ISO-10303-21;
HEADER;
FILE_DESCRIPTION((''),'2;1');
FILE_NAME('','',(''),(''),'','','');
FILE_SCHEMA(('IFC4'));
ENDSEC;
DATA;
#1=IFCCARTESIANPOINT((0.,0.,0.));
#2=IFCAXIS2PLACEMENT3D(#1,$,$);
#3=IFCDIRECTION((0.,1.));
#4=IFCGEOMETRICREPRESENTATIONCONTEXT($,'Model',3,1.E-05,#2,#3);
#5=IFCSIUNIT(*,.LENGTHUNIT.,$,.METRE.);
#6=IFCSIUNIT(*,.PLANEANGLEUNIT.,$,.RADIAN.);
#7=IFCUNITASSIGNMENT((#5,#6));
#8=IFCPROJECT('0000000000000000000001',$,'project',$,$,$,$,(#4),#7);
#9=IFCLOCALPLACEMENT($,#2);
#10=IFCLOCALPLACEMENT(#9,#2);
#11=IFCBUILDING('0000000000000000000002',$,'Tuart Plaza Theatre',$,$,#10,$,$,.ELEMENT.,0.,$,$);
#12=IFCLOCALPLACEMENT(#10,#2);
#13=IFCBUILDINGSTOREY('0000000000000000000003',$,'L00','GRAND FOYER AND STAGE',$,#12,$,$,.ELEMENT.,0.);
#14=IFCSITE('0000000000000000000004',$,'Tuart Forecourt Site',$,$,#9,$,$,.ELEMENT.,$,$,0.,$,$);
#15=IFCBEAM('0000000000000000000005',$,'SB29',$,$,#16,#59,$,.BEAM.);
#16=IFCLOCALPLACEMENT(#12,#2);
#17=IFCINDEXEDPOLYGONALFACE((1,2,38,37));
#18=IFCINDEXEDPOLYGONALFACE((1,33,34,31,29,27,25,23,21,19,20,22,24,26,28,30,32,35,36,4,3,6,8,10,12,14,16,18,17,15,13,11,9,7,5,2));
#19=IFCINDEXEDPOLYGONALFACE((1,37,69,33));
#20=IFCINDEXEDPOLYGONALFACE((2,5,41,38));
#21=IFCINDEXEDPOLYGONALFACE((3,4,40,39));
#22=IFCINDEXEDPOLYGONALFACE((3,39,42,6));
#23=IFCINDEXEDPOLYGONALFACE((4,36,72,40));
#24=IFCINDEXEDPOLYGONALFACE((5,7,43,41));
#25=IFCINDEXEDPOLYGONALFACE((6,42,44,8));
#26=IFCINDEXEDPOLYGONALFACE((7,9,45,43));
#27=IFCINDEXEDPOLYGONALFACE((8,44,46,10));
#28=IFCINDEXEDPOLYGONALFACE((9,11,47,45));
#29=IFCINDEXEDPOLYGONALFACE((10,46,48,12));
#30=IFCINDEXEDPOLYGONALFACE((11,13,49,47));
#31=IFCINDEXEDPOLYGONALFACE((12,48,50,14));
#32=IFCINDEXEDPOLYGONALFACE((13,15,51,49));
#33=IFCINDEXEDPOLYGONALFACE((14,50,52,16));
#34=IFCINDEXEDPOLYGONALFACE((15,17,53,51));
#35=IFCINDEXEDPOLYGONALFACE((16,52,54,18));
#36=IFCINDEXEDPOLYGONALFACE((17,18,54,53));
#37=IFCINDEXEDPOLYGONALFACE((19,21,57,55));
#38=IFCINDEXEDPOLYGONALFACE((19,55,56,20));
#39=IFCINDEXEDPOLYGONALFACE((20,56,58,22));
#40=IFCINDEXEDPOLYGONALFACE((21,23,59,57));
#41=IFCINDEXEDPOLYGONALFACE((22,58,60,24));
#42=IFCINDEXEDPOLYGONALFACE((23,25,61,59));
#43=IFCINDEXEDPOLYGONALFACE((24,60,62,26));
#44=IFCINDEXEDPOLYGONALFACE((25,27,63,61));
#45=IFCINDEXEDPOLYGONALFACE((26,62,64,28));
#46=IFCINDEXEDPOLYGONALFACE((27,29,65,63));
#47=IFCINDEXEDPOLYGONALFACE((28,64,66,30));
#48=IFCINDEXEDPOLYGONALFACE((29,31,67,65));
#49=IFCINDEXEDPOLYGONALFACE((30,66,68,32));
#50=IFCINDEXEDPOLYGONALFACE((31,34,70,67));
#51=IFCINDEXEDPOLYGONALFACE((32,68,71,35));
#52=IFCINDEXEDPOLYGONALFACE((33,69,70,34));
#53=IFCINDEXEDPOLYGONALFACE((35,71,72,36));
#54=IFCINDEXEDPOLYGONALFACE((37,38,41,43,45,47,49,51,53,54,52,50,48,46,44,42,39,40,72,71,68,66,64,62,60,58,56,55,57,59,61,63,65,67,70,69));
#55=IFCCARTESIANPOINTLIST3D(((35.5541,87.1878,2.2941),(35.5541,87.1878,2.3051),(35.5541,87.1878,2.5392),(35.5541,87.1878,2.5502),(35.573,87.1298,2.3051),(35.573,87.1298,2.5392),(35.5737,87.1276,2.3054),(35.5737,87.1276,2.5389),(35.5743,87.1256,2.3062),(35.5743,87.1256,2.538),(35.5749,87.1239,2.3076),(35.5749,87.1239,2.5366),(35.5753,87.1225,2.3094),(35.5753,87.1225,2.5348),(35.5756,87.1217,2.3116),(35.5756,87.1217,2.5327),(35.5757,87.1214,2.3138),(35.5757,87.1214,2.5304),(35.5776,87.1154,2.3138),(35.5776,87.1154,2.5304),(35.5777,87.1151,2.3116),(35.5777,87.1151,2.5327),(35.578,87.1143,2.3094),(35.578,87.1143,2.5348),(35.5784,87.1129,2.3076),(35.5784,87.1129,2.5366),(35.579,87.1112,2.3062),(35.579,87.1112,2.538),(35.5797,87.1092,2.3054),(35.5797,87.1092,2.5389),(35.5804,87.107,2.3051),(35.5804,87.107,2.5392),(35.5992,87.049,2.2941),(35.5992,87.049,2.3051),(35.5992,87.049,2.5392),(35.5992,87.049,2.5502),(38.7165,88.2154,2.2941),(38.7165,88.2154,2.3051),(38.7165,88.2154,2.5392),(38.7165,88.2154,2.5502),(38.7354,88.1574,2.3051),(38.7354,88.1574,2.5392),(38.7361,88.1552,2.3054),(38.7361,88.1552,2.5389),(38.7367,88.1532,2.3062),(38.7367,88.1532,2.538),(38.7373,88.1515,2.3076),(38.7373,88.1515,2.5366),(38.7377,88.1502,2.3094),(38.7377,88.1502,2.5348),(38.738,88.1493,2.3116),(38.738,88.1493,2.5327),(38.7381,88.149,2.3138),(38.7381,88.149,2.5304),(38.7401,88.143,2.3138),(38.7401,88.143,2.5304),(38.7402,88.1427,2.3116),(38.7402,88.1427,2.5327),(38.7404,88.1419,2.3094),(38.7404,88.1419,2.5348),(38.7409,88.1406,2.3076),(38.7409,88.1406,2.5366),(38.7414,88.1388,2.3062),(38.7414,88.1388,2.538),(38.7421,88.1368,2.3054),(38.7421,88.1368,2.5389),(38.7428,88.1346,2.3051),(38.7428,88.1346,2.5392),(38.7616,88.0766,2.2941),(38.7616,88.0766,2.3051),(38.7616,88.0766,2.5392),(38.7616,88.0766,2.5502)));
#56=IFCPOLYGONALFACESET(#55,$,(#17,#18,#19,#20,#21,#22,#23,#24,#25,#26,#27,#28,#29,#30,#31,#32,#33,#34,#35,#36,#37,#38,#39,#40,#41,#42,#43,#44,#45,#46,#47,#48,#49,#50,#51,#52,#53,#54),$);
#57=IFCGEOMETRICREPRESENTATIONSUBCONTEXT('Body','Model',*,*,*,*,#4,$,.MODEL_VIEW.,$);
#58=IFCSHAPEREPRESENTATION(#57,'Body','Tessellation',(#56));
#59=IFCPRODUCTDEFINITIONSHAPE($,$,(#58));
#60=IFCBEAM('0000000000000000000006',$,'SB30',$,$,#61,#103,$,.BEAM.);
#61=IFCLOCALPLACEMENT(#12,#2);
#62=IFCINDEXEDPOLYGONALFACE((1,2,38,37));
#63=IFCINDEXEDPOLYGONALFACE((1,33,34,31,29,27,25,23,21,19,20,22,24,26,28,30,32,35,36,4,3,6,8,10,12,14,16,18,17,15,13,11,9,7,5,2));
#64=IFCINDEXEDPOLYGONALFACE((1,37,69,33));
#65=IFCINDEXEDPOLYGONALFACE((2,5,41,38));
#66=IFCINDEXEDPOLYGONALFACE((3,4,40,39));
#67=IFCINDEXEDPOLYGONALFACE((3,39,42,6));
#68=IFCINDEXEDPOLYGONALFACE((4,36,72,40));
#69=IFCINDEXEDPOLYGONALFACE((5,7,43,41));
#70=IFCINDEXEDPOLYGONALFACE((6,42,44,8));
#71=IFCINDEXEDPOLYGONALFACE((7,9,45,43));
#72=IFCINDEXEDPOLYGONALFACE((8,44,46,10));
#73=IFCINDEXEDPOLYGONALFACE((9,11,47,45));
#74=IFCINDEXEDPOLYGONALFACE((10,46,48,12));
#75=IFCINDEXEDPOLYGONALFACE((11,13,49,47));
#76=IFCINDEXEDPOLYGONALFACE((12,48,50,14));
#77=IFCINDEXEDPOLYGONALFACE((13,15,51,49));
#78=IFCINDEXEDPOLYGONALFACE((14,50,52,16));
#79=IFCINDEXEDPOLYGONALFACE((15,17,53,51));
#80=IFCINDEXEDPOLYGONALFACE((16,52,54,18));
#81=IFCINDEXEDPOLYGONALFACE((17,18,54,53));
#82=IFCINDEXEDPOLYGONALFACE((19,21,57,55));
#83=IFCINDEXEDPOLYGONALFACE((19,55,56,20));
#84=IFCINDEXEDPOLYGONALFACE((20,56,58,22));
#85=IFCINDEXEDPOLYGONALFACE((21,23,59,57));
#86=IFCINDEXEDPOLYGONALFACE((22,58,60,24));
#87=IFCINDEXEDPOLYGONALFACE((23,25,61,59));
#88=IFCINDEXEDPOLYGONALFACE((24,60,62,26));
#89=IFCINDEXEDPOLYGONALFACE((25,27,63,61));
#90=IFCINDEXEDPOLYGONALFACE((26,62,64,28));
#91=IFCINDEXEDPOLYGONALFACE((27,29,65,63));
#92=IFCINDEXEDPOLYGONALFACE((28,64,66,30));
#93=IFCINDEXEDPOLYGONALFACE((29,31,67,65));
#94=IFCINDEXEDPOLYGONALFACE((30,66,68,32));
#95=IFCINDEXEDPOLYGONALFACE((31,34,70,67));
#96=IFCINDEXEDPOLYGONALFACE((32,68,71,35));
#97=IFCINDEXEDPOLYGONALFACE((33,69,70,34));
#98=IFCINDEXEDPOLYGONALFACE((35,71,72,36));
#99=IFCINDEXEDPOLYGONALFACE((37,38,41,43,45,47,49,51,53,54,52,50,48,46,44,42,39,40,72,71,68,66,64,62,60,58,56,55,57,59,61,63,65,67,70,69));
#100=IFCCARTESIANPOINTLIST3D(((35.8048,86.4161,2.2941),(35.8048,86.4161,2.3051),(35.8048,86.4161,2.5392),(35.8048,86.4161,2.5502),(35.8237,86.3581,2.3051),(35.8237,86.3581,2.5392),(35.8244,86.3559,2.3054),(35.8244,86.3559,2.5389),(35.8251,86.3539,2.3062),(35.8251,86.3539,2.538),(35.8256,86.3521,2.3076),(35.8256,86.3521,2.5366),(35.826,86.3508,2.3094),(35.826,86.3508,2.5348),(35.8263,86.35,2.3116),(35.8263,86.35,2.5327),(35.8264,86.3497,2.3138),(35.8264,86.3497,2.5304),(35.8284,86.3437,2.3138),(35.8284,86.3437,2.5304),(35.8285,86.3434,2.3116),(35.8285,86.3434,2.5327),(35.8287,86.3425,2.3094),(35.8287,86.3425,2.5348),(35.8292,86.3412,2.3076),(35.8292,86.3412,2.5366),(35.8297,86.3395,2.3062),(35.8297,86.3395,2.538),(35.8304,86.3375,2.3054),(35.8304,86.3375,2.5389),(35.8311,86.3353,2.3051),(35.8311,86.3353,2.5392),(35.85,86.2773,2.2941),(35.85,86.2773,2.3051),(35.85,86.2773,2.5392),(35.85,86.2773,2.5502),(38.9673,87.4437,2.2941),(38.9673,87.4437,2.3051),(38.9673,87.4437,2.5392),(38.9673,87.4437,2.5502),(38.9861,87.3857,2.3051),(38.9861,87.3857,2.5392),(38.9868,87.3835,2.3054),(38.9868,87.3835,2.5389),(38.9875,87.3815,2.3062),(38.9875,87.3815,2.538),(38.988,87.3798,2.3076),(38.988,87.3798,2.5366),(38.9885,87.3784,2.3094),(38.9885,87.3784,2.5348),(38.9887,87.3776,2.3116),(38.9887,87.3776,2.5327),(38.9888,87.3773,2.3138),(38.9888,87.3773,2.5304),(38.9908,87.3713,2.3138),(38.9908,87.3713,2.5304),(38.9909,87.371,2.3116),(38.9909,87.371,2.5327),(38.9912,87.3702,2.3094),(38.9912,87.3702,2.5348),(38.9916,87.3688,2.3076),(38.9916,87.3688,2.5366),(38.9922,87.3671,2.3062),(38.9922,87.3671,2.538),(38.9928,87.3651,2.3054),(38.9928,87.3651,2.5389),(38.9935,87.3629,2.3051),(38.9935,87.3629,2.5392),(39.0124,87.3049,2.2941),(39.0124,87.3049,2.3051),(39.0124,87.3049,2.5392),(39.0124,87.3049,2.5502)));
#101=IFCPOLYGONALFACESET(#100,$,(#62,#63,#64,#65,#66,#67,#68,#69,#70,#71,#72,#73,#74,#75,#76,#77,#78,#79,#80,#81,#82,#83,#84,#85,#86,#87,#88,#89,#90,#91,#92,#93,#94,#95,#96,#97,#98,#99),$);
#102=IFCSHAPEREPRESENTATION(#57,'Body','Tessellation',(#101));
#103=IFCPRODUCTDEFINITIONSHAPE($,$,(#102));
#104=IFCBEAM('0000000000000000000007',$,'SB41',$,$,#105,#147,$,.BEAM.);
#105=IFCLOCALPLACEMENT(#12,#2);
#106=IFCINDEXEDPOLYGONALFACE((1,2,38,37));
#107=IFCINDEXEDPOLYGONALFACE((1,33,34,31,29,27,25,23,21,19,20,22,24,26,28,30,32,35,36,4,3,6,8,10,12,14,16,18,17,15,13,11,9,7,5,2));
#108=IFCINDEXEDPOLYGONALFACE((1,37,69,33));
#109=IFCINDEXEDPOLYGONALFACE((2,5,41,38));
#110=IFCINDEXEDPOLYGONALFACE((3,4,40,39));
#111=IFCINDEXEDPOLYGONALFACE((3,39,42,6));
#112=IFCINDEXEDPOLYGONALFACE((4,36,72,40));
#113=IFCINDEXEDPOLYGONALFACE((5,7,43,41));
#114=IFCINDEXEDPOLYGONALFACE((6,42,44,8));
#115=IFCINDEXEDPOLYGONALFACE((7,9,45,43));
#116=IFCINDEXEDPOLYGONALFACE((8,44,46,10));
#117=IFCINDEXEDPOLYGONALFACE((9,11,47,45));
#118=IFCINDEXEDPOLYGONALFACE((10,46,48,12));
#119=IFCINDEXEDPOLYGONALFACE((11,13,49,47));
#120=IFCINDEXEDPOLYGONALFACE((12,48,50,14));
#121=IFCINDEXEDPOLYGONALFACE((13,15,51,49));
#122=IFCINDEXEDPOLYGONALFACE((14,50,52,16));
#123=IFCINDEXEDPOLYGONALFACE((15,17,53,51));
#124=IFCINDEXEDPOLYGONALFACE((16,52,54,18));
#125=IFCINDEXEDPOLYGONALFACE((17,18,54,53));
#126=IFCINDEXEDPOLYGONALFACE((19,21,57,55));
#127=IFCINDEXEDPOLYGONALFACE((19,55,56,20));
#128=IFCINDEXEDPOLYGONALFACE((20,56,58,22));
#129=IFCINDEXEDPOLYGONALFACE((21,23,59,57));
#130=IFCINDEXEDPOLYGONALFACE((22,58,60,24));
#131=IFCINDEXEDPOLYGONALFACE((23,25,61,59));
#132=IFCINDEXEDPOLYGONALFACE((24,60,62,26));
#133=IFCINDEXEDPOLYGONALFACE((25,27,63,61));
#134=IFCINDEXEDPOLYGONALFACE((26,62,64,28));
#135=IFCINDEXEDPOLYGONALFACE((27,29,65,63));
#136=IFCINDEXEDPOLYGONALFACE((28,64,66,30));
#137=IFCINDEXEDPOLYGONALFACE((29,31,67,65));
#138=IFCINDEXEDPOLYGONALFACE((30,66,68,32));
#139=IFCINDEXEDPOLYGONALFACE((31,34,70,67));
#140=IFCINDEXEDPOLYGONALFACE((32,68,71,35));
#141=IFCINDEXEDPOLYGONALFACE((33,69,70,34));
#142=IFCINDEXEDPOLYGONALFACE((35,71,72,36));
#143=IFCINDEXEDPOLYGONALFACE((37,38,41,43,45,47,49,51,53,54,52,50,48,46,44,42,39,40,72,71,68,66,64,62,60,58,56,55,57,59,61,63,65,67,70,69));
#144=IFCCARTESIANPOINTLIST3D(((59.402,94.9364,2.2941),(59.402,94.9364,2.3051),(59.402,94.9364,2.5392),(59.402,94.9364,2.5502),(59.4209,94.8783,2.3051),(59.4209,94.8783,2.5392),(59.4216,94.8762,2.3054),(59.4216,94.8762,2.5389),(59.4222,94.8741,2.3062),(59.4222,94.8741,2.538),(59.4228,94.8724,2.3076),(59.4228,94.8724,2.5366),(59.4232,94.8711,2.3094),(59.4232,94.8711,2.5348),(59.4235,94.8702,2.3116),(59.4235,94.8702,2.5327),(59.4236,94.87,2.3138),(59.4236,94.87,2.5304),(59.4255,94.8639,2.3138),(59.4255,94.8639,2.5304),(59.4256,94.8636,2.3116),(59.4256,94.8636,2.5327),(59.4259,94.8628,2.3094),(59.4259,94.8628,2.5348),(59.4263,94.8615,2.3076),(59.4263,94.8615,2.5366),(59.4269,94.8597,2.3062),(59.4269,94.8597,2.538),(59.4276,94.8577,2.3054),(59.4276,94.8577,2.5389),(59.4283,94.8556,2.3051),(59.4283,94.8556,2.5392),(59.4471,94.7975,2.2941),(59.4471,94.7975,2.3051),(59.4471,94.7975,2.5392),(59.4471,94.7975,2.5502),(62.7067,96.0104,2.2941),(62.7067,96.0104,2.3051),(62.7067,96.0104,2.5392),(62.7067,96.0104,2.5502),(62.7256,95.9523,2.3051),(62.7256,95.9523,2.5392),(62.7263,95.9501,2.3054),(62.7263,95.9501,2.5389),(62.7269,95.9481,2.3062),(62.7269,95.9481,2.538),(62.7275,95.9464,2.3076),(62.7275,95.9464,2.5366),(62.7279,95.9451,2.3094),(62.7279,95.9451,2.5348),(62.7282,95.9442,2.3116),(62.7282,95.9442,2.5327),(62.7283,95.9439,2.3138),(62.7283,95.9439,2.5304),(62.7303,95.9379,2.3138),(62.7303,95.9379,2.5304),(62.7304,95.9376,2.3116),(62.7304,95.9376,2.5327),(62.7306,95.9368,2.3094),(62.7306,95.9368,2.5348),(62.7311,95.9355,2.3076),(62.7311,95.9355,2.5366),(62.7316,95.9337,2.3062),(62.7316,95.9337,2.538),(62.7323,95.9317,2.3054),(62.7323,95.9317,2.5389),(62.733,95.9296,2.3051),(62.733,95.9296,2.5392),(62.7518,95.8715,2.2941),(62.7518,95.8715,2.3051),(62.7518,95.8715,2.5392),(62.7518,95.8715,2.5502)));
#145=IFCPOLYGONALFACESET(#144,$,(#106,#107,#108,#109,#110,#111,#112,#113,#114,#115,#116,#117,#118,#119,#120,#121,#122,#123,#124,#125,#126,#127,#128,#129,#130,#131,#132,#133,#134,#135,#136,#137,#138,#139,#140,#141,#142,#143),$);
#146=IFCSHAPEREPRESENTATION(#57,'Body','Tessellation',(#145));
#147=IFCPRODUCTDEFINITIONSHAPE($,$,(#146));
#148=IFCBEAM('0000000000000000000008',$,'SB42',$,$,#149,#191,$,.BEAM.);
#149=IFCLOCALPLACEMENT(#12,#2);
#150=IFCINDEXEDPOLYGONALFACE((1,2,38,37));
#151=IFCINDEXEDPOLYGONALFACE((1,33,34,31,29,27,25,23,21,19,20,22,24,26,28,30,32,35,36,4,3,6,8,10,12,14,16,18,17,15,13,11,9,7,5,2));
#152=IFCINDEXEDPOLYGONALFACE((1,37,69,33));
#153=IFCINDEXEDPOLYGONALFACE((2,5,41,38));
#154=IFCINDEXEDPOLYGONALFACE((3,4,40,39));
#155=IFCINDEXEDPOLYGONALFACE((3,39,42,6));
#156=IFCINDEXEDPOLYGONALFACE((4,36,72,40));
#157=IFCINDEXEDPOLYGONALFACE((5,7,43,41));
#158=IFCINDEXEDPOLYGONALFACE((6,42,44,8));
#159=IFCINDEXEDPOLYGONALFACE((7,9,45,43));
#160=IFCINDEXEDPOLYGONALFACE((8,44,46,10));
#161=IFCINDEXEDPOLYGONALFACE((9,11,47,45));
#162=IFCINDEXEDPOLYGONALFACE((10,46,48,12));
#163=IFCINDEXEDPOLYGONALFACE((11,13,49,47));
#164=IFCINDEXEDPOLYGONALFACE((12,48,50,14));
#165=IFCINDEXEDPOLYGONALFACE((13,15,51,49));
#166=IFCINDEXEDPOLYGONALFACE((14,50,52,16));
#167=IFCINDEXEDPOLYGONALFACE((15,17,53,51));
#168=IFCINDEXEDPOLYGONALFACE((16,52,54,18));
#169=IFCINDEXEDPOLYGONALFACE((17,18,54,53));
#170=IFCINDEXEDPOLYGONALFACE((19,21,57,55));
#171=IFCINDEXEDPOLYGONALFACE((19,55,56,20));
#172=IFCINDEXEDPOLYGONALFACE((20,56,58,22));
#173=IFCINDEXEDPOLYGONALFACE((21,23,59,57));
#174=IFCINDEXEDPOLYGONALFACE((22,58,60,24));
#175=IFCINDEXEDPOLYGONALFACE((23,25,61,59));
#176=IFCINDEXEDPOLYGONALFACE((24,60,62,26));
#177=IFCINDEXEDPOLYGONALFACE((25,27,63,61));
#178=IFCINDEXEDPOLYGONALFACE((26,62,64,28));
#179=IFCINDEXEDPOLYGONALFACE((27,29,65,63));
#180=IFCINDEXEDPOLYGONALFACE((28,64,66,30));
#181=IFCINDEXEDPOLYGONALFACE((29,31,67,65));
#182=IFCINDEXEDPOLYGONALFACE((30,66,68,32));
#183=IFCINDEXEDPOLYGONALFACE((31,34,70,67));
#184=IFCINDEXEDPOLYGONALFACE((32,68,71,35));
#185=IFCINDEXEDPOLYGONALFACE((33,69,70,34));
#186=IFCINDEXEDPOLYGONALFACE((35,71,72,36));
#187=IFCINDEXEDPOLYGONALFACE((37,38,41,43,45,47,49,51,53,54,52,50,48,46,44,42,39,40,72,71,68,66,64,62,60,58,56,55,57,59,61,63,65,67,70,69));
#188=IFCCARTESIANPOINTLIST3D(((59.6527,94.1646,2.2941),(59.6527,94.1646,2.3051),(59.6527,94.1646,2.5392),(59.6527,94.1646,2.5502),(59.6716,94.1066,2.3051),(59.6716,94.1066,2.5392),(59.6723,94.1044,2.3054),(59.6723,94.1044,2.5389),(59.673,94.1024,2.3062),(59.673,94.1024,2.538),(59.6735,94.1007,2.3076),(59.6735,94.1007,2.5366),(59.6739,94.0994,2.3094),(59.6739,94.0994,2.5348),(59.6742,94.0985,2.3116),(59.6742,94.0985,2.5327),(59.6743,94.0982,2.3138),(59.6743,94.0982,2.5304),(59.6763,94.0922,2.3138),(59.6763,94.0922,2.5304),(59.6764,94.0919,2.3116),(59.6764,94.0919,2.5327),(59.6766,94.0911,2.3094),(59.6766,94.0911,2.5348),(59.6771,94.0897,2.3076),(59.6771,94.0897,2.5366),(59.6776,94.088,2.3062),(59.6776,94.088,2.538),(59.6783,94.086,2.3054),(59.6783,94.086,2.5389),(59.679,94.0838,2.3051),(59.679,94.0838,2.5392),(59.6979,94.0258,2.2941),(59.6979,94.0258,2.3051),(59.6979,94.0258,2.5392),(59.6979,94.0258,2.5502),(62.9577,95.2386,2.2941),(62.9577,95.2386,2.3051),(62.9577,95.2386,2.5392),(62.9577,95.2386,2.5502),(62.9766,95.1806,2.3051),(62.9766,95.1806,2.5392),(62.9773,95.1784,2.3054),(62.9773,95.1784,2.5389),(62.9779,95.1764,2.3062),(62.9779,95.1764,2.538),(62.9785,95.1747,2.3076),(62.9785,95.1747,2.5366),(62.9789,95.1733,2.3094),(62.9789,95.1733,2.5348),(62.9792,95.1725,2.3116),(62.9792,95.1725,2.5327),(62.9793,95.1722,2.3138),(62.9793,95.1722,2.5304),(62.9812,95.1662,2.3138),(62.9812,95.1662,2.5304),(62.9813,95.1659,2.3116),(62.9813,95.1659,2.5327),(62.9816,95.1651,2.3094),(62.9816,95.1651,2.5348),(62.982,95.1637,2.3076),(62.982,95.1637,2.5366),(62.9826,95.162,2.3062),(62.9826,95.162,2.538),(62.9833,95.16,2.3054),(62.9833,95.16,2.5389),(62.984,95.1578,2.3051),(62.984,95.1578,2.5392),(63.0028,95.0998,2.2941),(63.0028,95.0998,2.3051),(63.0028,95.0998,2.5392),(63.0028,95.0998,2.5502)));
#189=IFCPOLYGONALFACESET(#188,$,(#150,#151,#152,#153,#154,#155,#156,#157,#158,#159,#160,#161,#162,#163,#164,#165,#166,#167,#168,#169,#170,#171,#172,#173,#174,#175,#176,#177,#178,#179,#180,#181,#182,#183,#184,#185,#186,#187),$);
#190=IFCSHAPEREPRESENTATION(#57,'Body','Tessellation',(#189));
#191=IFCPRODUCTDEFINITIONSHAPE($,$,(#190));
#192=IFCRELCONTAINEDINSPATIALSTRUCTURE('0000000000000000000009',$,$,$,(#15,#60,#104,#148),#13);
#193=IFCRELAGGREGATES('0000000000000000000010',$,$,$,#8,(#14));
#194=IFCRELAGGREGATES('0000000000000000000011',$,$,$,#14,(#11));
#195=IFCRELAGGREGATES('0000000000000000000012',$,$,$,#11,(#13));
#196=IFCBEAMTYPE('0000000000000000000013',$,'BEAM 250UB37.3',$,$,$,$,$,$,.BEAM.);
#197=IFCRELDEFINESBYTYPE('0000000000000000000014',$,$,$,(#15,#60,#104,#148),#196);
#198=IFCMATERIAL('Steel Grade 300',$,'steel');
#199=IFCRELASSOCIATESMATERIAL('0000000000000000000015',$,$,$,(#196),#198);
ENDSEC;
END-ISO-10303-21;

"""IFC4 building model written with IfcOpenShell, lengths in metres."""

from ifc_helpers import new_model, si_unit, direction, frame, origin, origin_2d, place, context, subcontext, project, spatial, i_section, extrude, material, material_profile, profile_set, type_object, element, save


model = new_model("IFC4")

# Units and contexts
model_context = context("Model", 3, precision=1e-05, world=origin(), true_north=direction((0.0, 1.0)))
body_context = subcontext(model_context, "Body", "Model", "MODEL_VIEW")
ifc_project = project(units=[si_unit("LENGTHUNIT", "METRE"), si_unit("PLANEANGLEUNIT", "RADIAN")], contexts=[model_context])

# Site, building, storey
site_placement = place(None, origin())
site = spatial("IfcSite", under=ifc_project, at=site_placement, Name="Tuart Forecourt Site", CompositionType="ELEMENT", RefElevation=0.0)
building_placement = place(site_placement, origin())
building = spatial("IfcBuilding", under=site, at=building_placement, Name="Tuart Plaza Theatre", CompositionType="ELEMENT", ElevationOfRefHeight=0.0)
storey_placement = place(building_placement, origin())
storey = spatial("IfcBuildingStorey", under=building, at=storey_placement, Name="L00", Description="GRAND FOYER AND STAGE", CompositionType="ELEMENT", Elevation=0.0)

# Beams
ifc_material_1 = material(Name="Steel Grade 300", Category="steel")
ifc_material_profile_1 = material_profile(ifc_material_1, i_section(OverallWidth=0.146, OverallDepth=0.2561, WebThickness=0.0063, FlangeThickness=0.011, FilletRadius=0.0088, at=origin_2d()), Name="250UB37.3")
ifc_profile_set_1 = profile_set([ifc_material_profile_1], Name="Steel Grade 300")
beam_type_1 = type_object("IfcBeamType", Name="BEAM 250UB37.3", PredefinedType="BEAM", material=ifc_profile_set_1)
for number, where, z_axis, x_axis, name in (
    (1, (35.5767, 87.1184, 2.4221), (0.95105, 0.309038, 0.0), (-0.309038, 0.95105, 0.0), "SB29"),
    (2, (35.8274, 86.3467, 2.4221), (0.95105, 0.309038, 0.0), (-0.309038, 0.95105, 0.0), "SB30"),
):
    element("IfcBeam", number, at=place(storey_placement, frame(where, z_axis=z_axis, x_axis=x_axis)), inside=storey, type_object=beam_type_1, Name=name, PredefinedType="BEAM", context=body_context, shape_type="SweptSolid", body=[
        extrude(i_section(OverallWidth=0.146, OverallDepth=0.2561, WebThickness=0.0063, FlangeThickness=0.011, FilletRadius=0.0088, at=origin_2d()), origin(), (0.0, 0.0, 1.0), 3.3252),
    ])
beam_1_placement = place(storey_placement, frame((59.4246, 94.8669, 2.4221), z_axis=(0.951038, 0.309073, 0.0), x_axis=(-0.309073, 0.951038, 0.0)))
element("IfcBeam", 3, at=beam_1_placement, inside=storey, type_object=beam_type_1, Name="SB41", PredefinedType="BEAM", context=body_context, shape_type="SweptSolid", body=[
    extrude(i_section(OverallWidth=0.146, OverallDepth=0.2561, WebThickness=0.0063, FlangeThickness=0.011, FilletRadius=0.0088, at=origin_2d()), origin(), (0.0, 0.0, 1.0), 3.4749),
])
beam_2_placement = place(storey_placement, frame((59.6753, 94.0952, 2.4221), z_axis=(0.951045, 0.309053, 0.0), x_axis=(-0.309053, 0.951045, 0.0)))
element("IfcBeam", 4, at=beam_2_placement, inside=storey, type_object=beam_type_1, Name="SB42", PredefinedType="BEAM", context=body_context, shape_type="SweptSolid", body=[
    extrude(i_section(OverallWidth=0.146, OverallDepth=0.2561, WebThickness=0.0063, FlangeThickness=0.011, FilletRadius=0.0088, at=origin_2d()), origin(), (0.0, 0.0, 1.0), 3.4751),
])

save(model, "model.ifc")
